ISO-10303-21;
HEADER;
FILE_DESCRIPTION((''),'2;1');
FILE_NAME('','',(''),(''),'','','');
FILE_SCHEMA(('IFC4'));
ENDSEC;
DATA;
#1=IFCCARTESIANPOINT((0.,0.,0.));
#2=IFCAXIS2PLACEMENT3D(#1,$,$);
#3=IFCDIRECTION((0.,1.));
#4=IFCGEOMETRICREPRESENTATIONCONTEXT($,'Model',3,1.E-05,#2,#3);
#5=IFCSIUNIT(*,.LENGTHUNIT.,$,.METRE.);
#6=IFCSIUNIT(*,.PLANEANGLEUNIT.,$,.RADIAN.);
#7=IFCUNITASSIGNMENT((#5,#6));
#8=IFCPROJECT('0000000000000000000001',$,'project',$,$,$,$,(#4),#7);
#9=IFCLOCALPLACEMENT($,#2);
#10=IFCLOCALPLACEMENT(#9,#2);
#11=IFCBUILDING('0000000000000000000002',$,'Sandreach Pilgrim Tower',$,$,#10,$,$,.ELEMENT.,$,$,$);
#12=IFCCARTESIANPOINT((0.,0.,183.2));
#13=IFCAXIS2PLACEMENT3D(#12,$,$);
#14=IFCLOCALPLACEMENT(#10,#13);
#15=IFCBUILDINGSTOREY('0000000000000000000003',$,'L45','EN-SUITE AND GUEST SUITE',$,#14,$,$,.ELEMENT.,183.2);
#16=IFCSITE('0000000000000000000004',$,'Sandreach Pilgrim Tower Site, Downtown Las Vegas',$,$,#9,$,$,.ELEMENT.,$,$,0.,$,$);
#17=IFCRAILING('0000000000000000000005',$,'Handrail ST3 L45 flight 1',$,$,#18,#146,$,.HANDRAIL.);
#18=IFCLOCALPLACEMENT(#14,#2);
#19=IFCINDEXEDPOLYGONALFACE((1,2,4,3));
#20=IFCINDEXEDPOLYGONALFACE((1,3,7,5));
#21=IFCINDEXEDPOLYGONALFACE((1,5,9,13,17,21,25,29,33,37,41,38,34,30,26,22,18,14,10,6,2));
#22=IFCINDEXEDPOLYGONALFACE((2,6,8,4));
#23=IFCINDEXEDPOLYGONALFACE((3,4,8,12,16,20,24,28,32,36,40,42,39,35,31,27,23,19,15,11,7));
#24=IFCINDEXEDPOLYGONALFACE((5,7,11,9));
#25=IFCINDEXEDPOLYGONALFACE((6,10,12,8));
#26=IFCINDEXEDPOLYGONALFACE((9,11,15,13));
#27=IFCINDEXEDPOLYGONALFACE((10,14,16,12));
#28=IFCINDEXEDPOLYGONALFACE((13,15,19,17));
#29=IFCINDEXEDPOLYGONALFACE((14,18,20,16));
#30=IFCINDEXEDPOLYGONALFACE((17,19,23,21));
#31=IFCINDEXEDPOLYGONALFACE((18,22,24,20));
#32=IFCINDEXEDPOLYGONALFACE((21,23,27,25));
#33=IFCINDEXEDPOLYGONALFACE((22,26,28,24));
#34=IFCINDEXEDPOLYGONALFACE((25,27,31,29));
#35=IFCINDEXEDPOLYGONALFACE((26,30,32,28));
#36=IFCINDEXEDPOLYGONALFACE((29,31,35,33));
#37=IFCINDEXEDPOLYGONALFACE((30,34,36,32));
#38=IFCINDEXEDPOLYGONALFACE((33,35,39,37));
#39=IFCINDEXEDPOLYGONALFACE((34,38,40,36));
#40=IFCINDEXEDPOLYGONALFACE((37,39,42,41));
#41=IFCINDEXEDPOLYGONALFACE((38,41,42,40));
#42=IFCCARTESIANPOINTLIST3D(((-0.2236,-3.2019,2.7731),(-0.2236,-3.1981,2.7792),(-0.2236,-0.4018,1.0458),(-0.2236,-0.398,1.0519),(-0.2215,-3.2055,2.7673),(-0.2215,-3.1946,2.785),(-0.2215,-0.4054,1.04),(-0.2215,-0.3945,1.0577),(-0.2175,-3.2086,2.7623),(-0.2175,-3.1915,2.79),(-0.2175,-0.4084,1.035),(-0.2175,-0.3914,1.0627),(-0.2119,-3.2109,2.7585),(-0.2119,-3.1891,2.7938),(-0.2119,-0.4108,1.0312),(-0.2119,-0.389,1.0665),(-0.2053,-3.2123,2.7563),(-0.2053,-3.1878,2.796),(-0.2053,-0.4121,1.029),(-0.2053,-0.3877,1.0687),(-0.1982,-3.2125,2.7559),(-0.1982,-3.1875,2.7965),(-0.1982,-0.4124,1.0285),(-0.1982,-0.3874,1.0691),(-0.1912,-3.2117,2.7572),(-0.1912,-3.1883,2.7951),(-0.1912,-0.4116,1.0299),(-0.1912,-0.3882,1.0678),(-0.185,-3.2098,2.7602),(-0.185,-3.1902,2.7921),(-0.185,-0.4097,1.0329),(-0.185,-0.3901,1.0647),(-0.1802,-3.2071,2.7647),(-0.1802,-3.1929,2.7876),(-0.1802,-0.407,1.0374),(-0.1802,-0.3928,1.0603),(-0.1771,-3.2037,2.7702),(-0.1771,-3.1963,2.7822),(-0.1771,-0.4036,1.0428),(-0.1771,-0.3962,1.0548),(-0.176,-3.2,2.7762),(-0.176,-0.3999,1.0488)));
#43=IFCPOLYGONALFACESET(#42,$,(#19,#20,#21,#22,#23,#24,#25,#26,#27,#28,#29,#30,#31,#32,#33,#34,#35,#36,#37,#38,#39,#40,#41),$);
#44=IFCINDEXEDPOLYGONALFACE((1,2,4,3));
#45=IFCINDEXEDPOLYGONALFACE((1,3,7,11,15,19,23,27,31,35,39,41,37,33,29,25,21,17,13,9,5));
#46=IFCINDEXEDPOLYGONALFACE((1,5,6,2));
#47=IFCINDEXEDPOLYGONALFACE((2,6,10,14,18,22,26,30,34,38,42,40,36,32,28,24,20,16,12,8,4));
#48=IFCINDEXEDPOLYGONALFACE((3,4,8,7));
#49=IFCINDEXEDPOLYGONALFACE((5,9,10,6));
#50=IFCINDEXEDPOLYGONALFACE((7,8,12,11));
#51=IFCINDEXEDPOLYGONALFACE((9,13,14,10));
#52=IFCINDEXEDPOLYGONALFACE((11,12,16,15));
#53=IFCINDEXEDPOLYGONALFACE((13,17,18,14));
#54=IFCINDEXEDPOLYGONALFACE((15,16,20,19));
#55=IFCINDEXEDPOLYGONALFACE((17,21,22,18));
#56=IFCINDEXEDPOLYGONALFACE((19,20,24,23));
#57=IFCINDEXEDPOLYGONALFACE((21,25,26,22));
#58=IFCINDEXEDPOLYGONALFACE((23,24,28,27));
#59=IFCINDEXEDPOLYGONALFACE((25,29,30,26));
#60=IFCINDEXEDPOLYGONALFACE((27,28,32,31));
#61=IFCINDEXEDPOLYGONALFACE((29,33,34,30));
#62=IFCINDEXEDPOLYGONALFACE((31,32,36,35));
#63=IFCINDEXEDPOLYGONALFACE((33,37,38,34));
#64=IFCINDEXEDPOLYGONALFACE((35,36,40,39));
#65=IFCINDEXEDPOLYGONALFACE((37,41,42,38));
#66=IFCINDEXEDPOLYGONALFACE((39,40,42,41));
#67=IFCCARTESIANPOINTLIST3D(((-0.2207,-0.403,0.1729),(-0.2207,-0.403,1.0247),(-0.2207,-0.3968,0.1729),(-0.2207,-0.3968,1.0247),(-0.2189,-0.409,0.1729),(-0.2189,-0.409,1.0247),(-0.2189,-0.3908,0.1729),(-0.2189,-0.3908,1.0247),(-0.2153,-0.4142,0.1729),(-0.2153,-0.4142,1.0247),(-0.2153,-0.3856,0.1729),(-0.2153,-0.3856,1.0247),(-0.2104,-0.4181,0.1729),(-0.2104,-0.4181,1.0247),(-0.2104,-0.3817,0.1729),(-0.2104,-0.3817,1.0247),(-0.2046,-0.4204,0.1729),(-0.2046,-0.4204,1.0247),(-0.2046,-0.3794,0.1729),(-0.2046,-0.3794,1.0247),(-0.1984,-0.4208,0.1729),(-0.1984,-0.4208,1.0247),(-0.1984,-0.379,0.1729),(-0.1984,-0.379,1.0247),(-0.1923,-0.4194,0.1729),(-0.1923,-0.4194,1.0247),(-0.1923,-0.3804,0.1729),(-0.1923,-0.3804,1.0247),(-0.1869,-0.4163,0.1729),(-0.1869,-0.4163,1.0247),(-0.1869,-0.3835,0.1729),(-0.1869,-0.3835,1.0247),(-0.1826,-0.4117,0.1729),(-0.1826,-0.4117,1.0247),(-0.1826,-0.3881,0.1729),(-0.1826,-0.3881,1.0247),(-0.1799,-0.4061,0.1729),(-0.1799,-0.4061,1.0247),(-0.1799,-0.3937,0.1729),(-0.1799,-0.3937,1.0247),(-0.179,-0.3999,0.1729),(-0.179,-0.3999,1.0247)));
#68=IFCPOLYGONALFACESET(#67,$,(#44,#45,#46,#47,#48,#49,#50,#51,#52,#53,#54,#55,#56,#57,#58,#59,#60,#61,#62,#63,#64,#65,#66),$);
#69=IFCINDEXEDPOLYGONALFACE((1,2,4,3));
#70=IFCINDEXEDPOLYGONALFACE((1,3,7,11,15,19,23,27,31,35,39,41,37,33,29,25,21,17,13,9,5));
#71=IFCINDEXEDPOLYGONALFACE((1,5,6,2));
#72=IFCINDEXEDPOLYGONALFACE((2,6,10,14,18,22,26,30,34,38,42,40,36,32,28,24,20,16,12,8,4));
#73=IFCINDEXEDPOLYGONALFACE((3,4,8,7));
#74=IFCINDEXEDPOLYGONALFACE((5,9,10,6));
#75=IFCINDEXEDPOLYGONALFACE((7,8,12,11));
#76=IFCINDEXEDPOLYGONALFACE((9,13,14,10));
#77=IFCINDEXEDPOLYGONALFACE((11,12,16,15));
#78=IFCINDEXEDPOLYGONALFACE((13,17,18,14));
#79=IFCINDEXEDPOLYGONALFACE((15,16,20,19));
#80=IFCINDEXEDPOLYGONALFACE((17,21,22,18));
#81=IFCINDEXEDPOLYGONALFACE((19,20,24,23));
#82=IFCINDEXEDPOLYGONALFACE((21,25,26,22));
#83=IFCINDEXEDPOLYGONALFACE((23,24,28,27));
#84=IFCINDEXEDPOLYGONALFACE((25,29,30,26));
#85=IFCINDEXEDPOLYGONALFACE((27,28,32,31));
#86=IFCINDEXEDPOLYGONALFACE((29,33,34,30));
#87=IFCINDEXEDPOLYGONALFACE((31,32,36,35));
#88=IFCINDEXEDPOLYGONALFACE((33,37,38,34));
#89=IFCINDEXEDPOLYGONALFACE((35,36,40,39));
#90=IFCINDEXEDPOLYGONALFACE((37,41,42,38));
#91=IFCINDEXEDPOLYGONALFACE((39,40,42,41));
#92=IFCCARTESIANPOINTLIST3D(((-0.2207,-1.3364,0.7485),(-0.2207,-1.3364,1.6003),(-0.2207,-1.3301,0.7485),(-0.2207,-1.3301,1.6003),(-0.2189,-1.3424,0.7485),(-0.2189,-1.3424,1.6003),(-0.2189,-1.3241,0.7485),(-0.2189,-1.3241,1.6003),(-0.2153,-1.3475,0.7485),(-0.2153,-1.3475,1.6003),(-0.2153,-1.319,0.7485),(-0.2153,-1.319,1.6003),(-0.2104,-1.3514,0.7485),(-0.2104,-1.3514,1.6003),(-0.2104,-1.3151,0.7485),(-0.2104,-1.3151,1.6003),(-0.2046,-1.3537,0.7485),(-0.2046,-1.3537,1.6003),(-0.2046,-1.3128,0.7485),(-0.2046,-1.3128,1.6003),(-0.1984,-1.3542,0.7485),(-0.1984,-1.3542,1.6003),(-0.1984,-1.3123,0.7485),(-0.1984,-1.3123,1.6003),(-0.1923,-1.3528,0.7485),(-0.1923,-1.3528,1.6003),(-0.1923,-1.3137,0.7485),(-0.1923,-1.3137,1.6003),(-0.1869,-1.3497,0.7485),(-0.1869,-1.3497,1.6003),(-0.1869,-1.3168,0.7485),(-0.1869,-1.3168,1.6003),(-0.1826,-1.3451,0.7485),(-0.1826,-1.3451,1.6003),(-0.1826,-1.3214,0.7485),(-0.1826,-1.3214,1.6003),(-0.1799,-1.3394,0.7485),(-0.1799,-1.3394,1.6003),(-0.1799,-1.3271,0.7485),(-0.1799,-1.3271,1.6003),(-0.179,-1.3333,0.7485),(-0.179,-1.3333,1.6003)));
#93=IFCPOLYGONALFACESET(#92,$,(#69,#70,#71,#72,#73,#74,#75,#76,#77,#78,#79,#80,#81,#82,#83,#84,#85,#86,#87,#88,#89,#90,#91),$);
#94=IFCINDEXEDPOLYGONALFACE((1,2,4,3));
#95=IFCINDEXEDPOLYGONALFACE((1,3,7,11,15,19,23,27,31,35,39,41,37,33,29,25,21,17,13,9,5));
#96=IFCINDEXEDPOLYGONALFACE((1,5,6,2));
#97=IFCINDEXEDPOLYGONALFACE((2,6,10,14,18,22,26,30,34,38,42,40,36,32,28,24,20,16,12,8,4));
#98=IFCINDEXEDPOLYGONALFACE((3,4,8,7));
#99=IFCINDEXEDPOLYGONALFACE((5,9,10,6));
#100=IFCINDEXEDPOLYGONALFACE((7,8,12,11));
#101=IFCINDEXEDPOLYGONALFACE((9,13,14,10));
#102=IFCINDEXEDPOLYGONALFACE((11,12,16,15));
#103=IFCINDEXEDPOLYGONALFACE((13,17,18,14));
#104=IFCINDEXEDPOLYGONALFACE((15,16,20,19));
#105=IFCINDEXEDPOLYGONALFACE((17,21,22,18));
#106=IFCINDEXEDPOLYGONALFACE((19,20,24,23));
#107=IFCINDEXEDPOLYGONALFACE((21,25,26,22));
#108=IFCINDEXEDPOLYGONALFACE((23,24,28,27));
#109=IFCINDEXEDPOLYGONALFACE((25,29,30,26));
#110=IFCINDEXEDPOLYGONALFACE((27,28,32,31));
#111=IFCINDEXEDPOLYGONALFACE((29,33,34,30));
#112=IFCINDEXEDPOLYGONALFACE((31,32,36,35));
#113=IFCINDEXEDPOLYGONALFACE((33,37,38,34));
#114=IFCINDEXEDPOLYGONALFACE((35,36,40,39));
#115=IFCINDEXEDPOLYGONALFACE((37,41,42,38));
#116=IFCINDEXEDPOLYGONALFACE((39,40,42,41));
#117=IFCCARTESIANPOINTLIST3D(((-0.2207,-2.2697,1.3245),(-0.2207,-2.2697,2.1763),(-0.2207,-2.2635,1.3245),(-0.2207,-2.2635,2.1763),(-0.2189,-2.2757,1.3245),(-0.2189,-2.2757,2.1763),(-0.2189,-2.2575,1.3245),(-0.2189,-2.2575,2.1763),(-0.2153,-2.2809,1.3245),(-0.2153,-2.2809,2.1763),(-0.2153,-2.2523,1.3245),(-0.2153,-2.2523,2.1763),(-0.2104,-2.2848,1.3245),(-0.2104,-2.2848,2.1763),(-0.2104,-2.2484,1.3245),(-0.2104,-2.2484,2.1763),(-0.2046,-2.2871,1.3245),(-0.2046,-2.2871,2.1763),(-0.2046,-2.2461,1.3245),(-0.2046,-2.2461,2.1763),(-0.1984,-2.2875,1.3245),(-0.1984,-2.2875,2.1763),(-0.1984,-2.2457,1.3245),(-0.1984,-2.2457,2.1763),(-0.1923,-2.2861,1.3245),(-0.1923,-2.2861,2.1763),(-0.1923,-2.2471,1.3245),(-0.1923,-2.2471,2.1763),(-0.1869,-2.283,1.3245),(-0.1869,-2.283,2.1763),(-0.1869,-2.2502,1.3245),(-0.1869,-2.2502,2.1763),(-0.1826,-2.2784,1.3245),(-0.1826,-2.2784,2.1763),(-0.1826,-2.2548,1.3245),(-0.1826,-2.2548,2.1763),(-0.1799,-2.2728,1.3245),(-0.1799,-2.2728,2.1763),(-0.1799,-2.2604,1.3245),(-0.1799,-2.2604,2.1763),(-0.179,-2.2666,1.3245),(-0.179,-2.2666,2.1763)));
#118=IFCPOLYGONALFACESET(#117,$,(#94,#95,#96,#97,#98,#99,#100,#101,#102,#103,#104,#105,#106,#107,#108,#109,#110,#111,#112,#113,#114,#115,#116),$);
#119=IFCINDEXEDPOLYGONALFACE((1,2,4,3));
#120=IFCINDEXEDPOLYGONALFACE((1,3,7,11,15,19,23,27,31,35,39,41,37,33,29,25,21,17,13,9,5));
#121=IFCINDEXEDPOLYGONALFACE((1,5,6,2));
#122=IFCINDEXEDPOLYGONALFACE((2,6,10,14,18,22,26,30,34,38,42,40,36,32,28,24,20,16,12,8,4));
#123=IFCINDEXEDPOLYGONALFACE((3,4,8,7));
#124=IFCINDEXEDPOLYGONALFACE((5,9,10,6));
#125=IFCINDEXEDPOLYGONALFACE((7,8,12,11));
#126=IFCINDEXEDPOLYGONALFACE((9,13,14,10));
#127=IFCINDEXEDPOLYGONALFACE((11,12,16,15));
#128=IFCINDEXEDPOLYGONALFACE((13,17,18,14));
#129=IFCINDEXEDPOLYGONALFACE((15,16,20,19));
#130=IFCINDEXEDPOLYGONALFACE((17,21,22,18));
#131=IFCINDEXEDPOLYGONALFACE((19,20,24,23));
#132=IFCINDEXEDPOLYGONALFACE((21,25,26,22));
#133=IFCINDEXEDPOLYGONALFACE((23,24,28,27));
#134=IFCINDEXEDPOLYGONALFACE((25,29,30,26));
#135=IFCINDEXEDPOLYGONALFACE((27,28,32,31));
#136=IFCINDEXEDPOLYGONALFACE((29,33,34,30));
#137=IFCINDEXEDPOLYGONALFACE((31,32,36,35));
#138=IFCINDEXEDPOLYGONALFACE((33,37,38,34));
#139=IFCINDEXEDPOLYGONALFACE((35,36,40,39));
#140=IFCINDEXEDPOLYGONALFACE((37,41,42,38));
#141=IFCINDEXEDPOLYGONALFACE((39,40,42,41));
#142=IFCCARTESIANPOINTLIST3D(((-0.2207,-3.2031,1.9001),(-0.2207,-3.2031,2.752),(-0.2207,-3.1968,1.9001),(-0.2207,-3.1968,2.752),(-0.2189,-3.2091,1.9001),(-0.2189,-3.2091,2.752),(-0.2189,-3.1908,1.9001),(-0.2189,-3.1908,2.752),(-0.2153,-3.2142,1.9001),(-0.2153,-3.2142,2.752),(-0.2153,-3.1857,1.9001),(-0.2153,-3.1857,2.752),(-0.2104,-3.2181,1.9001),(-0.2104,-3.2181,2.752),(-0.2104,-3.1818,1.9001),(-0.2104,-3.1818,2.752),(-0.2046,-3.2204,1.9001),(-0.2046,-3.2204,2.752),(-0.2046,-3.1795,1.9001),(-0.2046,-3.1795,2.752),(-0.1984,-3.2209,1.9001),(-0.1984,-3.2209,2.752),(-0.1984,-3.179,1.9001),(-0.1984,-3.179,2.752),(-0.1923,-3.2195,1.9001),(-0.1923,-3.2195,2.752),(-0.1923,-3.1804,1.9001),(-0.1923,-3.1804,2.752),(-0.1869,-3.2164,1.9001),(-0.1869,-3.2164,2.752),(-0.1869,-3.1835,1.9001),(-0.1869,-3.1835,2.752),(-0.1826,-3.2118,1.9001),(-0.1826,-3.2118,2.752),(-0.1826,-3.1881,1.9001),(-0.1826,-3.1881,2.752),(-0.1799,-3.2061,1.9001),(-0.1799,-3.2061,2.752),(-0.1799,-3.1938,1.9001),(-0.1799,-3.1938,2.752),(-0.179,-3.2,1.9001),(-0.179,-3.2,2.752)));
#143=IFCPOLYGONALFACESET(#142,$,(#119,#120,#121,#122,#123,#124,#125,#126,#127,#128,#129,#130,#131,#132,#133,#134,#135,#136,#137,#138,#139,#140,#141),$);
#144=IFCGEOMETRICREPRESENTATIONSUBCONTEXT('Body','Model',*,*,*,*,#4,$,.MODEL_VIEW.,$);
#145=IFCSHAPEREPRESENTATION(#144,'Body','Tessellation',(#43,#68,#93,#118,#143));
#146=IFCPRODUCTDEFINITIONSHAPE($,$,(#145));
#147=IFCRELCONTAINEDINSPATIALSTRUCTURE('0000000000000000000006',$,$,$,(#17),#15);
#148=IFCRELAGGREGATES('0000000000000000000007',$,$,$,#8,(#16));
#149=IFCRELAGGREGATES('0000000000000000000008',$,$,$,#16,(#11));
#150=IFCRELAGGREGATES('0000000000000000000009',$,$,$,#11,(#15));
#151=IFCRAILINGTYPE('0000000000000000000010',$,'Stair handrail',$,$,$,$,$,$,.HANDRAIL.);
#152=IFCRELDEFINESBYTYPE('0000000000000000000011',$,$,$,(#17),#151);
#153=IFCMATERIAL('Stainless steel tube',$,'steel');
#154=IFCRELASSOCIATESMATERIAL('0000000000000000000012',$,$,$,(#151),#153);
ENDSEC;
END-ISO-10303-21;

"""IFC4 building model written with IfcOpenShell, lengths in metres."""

from ifc_helpers import new_model, si_unit, direction, frame, origin, origin_2d, place, context, subcontext, project, spatial, circle, extrude, material, type_object, element, save


model = new_model("IFC4")

# Units and contexts
model_context = context("Model", 3, precision=1e-05, world=origin(), true_north=direction((0.0, 1.0)))
body_context = subcontext(model_context, "Body", "Model", "MODEL_VIEW")
ifc_project = project(units=[si_unit("LENGTHUNIT", "METRE"), si_unit("PLANEANGLEUNIT", "RADIAN")], contexts=[model_context])

# Site, building, storey
site_placement = place(None, origin())
site = spatial("IfcSite", under=ifc_project, at=site_placement, Name="Sandreach Pilgrim Tower Site, Downtown Las Vegas", CompositionType="ELEMENT", RefElevation=0.0)
building_placement = place(site_placement, origin())
building = spatial("IfcBuilding", under=site, at=building_placement, Name="Sandreach Pilgrim Tower", CompositionType="ELEMENT")
storey_placement = place(building_placement, frame((0.0, 0.0, 183.2)))
storey = spatial("IfcBuildingStorey", under=building, at=storey_placement, Name="L45", Description="EN-SUITE AND GUEST SUITE", CompositionType="ELEMENT", Elevation=183.2)

# Railing
ifc_material_1 = material(Name="Stainless steel tube", Category="steel")
railing_type = type_object("IfcRailingType", Name="Stair handrail", PredefinedType="HANDRAIL", material=ifc_material_1)
for number, where, name in (
    (1, (-0.2, -0.3999, 0.1729), "Handrail ST3 L45 flight 1"),
):
    element("IfcRailing", number, at=place(storey_placement, frame(where)), inside=storey, type_object=railing_type, Name=name, PredefinedType="HANDRAIL", context=body_context, shape_type="SweptSolid", body=[
        extrude(circle(Radius=0.0239, at=origin_2d()), frame((0.0, 0.0, 0.876), z_axis=(0.0, -0.85109, 0.52502), x_axis=(1.0, 0.0, 0.0)), (0.0, 0.0, 1.0), 3.29),
        extrude(circle(Radius=0.021, at=origin_2d()), origin(), (0.0, 0.0, 1.0), 0.8518),
        extrude(circle(Radius=0.021, at=origin_2d()), frame((0.0, -0.9333, 0.5757)), (0.0, 0.0, 1.0), 0.8518),
        extrude(circle(Radius=0.021, at=origin_2d()), frame((0.0, -1.8667, 1.1516)), (0.0, 0.0, 1.0), 0.8518),
        extrude(circle(Radius=0.021, at=origin_2d()), frame((0.0, -2.8, 1.7273)), (0.0, 0.0, 1.0), 0.8518),
    ])

save(model, "model.ifc")
